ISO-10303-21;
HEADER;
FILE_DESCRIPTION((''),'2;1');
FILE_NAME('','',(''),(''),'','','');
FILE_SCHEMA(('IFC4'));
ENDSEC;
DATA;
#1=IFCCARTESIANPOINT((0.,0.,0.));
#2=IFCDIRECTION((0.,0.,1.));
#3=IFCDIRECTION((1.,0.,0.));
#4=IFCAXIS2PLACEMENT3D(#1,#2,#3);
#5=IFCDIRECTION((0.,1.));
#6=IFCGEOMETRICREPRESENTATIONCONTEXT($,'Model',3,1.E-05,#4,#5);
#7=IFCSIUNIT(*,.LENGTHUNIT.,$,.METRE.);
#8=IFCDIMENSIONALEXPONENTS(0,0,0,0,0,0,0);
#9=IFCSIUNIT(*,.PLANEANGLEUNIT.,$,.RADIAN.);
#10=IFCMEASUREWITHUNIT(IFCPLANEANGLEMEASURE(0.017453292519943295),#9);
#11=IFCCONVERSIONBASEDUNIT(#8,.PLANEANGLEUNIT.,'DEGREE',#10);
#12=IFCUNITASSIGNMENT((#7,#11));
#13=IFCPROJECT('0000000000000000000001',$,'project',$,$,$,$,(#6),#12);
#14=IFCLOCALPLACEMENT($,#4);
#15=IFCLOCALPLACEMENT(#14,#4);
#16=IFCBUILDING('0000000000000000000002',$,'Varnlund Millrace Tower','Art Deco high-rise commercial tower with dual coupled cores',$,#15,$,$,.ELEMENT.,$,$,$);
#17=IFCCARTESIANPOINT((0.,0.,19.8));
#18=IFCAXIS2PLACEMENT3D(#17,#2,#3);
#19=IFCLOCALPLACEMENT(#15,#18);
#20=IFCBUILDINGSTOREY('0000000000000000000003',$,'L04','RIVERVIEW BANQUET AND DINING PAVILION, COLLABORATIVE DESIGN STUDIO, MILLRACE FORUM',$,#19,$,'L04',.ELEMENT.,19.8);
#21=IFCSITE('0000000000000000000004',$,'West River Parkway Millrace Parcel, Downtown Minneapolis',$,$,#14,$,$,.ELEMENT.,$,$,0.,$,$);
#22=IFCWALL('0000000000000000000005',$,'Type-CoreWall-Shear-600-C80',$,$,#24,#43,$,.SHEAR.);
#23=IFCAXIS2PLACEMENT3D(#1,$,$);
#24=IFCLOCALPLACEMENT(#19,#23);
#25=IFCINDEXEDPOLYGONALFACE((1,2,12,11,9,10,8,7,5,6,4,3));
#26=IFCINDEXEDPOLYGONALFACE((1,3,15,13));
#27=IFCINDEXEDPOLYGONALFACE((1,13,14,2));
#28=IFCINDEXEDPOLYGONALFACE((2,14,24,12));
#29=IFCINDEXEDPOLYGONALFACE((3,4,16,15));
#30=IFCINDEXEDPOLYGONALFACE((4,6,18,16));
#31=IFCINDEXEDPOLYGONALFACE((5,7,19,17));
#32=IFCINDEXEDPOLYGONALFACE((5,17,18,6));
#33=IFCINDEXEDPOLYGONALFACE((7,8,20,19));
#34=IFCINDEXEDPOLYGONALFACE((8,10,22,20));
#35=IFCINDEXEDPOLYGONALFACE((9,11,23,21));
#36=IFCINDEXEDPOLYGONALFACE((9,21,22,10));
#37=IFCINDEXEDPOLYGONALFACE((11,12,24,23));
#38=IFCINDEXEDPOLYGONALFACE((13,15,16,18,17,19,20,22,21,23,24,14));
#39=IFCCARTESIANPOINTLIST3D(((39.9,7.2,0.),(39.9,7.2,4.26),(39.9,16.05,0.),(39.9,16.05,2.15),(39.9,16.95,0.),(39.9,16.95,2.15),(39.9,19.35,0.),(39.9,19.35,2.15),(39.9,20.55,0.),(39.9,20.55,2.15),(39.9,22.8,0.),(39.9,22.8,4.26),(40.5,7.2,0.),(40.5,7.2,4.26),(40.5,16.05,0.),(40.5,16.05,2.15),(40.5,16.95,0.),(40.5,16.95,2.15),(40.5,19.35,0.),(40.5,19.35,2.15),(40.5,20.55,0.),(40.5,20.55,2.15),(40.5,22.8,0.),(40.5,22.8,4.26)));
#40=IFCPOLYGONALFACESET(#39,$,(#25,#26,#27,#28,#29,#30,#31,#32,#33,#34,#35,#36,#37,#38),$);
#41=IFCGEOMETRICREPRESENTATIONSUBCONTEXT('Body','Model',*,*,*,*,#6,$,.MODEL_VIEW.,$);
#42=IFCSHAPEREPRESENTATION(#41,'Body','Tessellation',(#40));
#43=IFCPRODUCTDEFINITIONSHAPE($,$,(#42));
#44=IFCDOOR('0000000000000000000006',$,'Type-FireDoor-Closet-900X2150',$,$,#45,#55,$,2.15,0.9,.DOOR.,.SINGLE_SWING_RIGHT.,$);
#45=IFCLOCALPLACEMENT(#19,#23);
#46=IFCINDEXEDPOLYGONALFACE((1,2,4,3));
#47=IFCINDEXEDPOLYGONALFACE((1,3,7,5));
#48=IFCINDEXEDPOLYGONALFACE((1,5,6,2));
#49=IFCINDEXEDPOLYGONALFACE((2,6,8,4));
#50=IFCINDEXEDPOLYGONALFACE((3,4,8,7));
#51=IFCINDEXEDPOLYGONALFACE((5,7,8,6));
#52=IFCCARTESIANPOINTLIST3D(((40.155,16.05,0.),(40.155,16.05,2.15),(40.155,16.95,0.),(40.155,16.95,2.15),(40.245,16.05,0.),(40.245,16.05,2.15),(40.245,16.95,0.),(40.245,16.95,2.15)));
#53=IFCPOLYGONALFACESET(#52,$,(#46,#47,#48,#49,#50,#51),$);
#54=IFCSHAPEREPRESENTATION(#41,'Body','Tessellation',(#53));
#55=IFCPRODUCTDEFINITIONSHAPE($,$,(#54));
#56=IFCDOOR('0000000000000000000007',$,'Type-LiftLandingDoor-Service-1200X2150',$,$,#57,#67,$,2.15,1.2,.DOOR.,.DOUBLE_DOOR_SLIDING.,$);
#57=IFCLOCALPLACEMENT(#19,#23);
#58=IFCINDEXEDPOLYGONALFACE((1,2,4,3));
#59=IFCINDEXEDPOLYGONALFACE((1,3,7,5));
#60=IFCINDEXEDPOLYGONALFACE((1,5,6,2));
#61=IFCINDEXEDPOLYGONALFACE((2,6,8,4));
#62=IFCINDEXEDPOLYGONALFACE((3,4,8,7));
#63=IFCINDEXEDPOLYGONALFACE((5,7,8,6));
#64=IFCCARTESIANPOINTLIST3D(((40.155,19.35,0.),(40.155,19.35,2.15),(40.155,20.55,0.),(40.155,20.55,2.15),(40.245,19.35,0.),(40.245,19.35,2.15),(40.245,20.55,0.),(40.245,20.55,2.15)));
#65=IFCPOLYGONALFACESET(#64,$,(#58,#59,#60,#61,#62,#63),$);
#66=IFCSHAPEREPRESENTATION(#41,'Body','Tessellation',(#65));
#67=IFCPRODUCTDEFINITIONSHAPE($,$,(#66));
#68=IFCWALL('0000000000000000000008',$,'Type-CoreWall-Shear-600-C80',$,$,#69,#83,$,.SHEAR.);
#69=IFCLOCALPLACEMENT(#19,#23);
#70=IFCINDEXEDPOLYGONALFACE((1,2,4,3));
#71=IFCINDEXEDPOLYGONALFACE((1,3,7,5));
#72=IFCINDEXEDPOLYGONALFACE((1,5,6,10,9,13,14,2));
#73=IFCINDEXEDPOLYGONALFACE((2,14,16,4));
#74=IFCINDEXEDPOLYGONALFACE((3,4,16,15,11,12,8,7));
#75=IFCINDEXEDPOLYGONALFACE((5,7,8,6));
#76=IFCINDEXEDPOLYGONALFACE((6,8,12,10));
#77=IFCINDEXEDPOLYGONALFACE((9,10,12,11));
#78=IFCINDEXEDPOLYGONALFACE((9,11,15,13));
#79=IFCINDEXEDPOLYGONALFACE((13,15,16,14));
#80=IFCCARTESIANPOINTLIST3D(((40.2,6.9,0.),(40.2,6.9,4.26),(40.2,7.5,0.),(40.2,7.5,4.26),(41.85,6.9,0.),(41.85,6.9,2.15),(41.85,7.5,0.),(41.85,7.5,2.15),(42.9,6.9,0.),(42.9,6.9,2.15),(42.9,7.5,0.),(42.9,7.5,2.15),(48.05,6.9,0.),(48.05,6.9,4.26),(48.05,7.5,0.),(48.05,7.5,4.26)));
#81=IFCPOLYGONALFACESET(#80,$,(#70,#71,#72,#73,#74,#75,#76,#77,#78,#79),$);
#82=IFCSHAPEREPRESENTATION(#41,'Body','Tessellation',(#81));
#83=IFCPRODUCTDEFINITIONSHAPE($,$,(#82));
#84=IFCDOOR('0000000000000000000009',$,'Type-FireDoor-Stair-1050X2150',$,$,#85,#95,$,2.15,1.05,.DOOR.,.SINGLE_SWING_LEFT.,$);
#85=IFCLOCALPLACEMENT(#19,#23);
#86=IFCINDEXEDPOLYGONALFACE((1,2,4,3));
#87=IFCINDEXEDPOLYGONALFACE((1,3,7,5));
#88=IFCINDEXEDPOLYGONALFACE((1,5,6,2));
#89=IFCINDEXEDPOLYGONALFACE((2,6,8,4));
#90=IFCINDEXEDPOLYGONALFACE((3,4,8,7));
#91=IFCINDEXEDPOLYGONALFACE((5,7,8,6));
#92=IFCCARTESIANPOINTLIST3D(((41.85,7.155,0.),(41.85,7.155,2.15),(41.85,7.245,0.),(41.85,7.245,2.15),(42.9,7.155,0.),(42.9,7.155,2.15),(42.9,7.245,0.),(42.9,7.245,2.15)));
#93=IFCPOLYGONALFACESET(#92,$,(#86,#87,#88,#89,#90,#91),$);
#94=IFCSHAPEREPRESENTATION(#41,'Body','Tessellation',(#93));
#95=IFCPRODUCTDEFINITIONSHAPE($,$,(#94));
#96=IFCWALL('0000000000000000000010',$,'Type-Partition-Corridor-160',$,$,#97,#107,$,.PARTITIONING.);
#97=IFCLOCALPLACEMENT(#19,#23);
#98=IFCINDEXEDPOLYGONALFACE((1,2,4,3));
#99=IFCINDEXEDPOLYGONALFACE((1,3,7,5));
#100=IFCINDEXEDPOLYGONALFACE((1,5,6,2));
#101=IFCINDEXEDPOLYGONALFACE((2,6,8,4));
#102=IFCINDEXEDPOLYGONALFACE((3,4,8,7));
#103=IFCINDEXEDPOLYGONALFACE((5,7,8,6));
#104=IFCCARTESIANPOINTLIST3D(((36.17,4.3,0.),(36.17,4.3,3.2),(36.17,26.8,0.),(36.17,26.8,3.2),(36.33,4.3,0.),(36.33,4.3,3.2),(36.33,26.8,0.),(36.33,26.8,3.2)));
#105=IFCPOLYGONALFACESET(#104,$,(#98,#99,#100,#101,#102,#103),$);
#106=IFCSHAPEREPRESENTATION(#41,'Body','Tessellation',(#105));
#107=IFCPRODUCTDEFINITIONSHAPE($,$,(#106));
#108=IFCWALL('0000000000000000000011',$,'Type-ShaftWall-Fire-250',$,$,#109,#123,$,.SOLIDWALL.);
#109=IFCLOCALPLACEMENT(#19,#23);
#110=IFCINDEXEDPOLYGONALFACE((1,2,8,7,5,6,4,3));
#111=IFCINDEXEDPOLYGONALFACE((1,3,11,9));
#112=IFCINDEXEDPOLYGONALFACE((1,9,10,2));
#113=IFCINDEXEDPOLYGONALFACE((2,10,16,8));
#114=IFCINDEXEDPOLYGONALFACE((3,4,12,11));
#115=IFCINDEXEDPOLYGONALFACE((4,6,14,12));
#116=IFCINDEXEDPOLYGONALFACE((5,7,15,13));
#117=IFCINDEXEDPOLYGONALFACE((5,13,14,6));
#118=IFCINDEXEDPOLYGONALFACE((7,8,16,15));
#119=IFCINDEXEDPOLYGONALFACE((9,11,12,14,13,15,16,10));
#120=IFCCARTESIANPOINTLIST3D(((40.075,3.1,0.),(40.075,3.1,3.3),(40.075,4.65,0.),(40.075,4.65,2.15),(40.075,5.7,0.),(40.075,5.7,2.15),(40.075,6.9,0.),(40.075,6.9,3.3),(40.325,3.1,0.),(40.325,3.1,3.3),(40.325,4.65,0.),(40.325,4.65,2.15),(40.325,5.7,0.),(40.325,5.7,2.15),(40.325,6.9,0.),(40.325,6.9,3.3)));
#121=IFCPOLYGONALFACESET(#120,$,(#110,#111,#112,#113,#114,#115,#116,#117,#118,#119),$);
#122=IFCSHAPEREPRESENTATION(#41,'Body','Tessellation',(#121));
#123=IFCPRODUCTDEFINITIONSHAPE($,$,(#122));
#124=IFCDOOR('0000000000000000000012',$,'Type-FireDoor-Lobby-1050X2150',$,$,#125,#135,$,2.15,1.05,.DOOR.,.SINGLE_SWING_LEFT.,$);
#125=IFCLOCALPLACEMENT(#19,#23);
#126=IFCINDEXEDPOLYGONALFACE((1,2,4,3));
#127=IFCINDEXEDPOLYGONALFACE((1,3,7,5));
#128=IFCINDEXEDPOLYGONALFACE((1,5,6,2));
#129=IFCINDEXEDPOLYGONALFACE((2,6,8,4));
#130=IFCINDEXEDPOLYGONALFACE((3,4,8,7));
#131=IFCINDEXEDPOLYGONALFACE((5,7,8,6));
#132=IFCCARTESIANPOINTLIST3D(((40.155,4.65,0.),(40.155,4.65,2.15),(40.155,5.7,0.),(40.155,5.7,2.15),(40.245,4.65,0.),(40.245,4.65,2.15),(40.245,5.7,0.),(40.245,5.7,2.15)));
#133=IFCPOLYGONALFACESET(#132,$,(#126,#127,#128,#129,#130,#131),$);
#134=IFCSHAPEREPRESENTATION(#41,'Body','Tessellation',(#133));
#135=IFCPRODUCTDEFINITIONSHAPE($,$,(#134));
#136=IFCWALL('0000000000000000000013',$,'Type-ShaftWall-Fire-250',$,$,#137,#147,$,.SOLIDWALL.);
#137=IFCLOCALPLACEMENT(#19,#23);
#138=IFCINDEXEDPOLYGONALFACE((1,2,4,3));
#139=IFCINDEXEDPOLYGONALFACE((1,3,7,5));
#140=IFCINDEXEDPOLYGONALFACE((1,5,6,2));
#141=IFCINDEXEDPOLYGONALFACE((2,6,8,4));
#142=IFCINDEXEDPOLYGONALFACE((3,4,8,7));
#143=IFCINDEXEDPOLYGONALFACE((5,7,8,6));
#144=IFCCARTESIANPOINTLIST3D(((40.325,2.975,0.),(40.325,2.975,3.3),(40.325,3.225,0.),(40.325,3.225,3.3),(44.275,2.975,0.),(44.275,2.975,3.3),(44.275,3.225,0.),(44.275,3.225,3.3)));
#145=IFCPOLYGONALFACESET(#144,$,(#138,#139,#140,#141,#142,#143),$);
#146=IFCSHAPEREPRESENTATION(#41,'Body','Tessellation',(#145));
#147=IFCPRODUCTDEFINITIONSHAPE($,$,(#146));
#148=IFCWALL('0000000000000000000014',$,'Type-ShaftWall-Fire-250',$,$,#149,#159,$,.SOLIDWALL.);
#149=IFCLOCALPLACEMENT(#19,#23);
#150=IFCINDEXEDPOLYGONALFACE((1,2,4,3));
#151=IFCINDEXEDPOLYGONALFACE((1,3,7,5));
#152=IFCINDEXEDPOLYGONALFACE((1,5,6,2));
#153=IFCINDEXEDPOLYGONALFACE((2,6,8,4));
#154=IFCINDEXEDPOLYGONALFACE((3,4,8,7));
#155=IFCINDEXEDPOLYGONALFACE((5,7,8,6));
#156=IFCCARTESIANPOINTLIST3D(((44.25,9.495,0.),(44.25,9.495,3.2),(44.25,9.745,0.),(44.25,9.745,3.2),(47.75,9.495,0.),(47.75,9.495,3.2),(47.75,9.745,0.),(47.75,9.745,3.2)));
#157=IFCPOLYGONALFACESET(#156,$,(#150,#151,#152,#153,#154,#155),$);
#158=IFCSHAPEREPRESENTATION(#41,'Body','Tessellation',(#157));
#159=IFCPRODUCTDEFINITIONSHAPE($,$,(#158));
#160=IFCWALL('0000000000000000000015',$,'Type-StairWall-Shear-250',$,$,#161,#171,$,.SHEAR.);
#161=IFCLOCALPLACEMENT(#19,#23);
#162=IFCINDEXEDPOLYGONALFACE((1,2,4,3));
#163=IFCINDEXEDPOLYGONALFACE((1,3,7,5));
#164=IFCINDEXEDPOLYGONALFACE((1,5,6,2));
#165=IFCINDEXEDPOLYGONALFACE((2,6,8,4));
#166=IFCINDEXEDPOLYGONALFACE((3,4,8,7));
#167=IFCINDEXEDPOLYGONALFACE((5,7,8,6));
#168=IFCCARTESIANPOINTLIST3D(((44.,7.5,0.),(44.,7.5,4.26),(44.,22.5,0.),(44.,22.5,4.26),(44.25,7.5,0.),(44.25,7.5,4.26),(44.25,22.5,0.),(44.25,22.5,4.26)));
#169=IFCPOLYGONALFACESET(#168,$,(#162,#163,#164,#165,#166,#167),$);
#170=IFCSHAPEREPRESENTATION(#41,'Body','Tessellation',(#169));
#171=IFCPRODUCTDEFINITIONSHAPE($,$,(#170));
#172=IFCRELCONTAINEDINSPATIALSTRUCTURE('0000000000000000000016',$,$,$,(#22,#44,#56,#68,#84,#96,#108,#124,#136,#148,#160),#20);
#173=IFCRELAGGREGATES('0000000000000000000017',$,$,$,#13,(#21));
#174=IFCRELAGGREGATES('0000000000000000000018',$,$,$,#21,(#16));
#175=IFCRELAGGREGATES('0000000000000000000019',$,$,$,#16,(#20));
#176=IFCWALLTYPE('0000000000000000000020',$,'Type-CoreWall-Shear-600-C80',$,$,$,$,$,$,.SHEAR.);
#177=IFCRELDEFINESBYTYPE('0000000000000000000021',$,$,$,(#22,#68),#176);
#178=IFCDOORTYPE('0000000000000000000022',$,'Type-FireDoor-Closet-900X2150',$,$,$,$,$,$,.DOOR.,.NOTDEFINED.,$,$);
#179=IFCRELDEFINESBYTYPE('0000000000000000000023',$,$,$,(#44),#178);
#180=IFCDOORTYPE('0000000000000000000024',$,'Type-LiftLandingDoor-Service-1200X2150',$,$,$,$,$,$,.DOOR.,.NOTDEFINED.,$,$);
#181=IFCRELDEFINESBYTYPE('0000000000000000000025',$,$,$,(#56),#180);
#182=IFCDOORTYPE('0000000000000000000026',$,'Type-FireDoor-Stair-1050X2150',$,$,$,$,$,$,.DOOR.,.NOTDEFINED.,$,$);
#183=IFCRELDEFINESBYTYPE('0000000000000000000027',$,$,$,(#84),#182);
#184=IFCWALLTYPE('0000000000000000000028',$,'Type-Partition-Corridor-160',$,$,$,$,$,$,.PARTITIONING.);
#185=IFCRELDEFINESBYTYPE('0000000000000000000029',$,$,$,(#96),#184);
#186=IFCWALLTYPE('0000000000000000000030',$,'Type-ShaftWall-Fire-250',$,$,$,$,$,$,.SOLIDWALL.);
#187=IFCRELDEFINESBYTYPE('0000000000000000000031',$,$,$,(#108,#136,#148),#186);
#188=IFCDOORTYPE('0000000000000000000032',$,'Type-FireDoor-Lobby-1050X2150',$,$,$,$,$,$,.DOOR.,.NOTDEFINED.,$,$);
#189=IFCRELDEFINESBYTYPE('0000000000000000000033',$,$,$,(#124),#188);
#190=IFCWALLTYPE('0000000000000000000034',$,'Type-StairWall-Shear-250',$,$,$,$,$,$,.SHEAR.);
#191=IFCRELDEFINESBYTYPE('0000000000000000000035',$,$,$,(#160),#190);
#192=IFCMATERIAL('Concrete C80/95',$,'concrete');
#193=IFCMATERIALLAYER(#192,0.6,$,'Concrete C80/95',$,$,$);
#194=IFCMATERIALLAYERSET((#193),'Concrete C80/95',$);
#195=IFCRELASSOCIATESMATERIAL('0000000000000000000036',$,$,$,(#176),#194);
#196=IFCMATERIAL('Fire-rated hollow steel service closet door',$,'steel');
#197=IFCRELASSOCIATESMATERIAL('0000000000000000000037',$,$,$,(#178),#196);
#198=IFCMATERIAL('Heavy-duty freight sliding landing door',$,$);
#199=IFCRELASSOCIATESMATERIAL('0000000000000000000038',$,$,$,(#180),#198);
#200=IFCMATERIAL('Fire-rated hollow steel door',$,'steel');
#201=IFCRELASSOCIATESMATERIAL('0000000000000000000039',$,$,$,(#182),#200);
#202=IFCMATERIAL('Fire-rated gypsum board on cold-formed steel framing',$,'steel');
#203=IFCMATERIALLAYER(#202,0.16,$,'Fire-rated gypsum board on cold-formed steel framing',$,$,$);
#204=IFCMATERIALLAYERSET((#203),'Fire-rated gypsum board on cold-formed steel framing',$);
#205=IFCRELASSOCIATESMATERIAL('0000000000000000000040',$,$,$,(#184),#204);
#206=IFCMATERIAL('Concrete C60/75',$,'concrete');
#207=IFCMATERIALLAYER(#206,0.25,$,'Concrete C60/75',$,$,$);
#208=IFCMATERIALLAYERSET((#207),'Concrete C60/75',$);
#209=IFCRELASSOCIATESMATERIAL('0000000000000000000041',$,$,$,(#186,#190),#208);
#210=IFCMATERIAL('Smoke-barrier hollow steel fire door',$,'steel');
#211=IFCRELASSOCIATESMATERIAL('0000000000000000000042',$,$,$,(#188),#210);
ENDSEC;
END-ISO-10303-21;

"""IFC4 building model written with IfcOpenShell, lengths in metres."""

from ifc_helpers import new_model, entity, si_unit, converted_unit, direction, frame, origin_with_axes, origin_2d_with_axis, place, context, subcontext, project, spatial, polyline, rectangle, outline, extrude, material, layer, layer_set, type_object, element, fill, save


model = new_model("IFC4")

# Units and contexts
model_context = context("Model", 3, precision=1e-05, world=origin_with_axes(), true_north=direction((0.0, 1.0)))
body_context = subcontext(model_context, "Body", "Model", "MODEL_VIEW")
ifc_project = project(units=[si_unit("LENGTHUNIT", "METRE"), converted_unit("PLANEANGLEUNIT", "DEGREE", entity("IfcPlaneAngleMeasure", 0.017453292519943295), si_unit("PLANEANGLEUNIT", "RADIAN"), dimensions=[0, 0, 0, 0, 0, 0, 0])], contexts=[model_context])

# Site, building, storey
site_placement = place(None, origin_with_axes())
site = spatial("IfcSite", under=ifc_project, at=site_placement, Name="West River Parkway Millrace Parcel, Downtown Minneapolis", CompositionType="ELEMENT", RefElevation=0.0)
building_placement = place(site_placement, origin_with_axes())
building = spatial("IfcBuilding", under=site, at=building_placement, Name="Varnlund Millrace Tower", Description="Art Deco high-rise commercial tower with dual coupled cores", CompositionType="ELEMENT")
storey_placement = place(building_placement, frame((0.0, 0.0, 19.8), z_axis=(0.0, 0.0, 1.0), x_axis=(1.0, 0.0, 0.0)))
storey = spatial("IfcBuildingStorey", under=building, at=storey_placement, Name="L04", Description="RIVERVIEW BANQUET AND DINING PAVILION, COLLABORATIVE DESIGN STUDIO, MILLRACE FORUM", LongName="L04", CompositionType="ELEMENT", Elevation=19.8)

# Shared definitions
ifc_material_1 = material(Name="Concrete C80/95", Category="concrete")

# Wall, openings, doors
ifc_layer_1 = layer(ifc_material_1, 0.6, Name="Concrete C80/95")
ifc_layer_set_1 = layer_set([ifc_layer_1], Name="Concrete C80/95")
wall_type_1 = type_object("IfcWallType", Name="Type-CoreWall-Shear-600-C80", PredefinedType="SHEAR", material=ifc_layer_set_1)
wall_1_placement = place(storey_placement, frame((40.2, 7.2, 0.0), z_axis=(0.0, 0.0, 1.0), x_axis=(0.0, 1.0, 0.0)))
wall_1 = element("IfcWall", 1, at=wall_1_placement, inside=storey, type_object=wall_type_1, Name="Type-CoreWall-Shear-600-C80", PredefinedType="SHEAR", context=body_context, shape_type="SweptSolid", body=[
    extrude(outline(polyline([(0.0, -0.3), (15.6, -0.3), (15.6, 0.3), (0.0, 0.3), (0.0, -0.3)])), origin_with_axes(), (0.0, 0.0, 1.0), 4.26),
])
opening_1_placement = place(wall_1_placement, frame((12.75, 0.0, 0.0), z_axis=(0.0, 0.0, 1.0), x_axis=(1.0, 0.0, 0.0)))
opening_1 = element("IfcOpeningElement", 2, at=opening_1_placement, cuts=wall_1, PredefinedType="OPENING", context=body_context, shape_type="SweptSolid", body=[
    extrude(rectangle(XDim=1.2, YDim=0.62, at=origin_2d_with_axis()), origin_with_axes(), (0.0, 0.0, 1.0), 2.15),
])
opening_2_placement = place(wall_1_placement, frame((9.3, 0.0, 0.0), z_axis=(0.0, 0.0, 1.0), x_axis=(1.0, 0.0, 0.0)))
opening_2 = element("IfcOpeningElement", 3, at=opening_2_placement, cuts=wall_1, PredefinedType="OPENING", context=body_context, shape_type="SweptSolid", body=[
    extrude(rectangle(XDim=0.9, YDim=0.62, at=origin_2d_with_axis()), origin_with_axes(), (0.0, 0.0, 1.0), 2.15),
])
ifc_material_2 = material(Name="Fire-rated hollow steel service closet door", Category="steel")
door_type_1 = type_object("IfcDoorType", Name="Type-FireDoor-Closet-900X2150", OperationType="NOTDEFINED", PredefinedType="DOOR", material=ifc_material_2)
door_1_placement = place(wall_1_placement, frame((9.3, 0.0, 0.0), z_axis=(0.0, 0.0, 1.0), x_axis=(1.0, 0.0, 0.0)))
door_1 = element("IfcDoor", 4, at=door_1_placement, inside=storey, type_object=door_type_1, Name="Type-FireDoor-Closet-900X2150", OperationType="SINGLE_SWING_RIGHT", OverallHeight=2.15, OverallWidth=0.9, PredefinedType="DOOR", context=body_context, shape_type="SweptSolid", body=[
    extrude(rectangle(XDim=0.9, YDim=0.09, at=origin_2d_with_axis()), origin_with_axes(), (0.0, 0.0, 1.0), 2.15),
])
fill(opening_2, door_1)
ifc_material_3 = material(Name="Heavy-duty freight sliding landing door")
door_type_2 = type_object("IfcDoorType", Name="Type-LiftLandingDoor-Service-1200X2150", OperationType="NOTDEFINED", PredefinedType="DOOR", material=ifc_material_3)
door_2_placement = place(wall_1_placement, frame((12.75, 0.0, 0.0), z_axis=(0.0, 0.0, 1.0), x_axis=(1.0, 0.0, 0.0)))
door_2 = element("IfcDoor", 5, at=door_2_placement, inside=storey, type_object=door_type_2, Name="Type-LiftLandingDoor-Service-1200X2150", OperationType="DOUBLE_DOOR_SLIDING", OverallHeight=2.15, OverallWidth=1.2, PredefinedType="DOOR", context=body_context, shape_type="SweptSolid", body=[
    extrude(rectangle(XDim=1.2, YDim=0.09, at=origin_2d_with_axis()), origin_with_axes(), (0.0, 0.0, 1.0), 2.15),
])
fill(opening_1, door_2)

# Wall, opening, door
wall_2_placement = place(storey_placement, frame((40.2, 7.2, 0.0), z_axis=(0.0, 0.0, 1.0), x_axis=(1.0, 0.0, 0.0)))
wall_2 = element("IfcWall", 6, at=wall_2_placement, inside=storey, type_object=wall_type_1, Name="Type-CoreWall-Shear-600-C80", PredefinedType="SHEAR", context=body_context, shape_type="SweptSolid", body=[
    extrude(outline(polyline([(0.0, -0.3), (7.85, -0.3), (7.85, 0.3), (0.0, 0.3), (0.0, -0.3)])), origin_with_axes(), (0.0, 0.0, 1.0), 4.26),
])
opening_3_placement = place(wall_2_placement, frame((2.175, 0.0, 0.0), z_axis=(0.0, 0.0, 1.0), x_axis=(1.0, 0.0, 0.0)))
opening_3 = element("IfcOpeningElement", 7, at=opening_3_placement, cuts=wall_2, PredefinedType="OPENING", context=body_context, shape_type="SweptSolid", body=[
    extrude(rectangle(XDim=1.05, YDim=0.62, at=origin_2d_with_axis()), origin_with_axes(), (0.0, 0.0, 1.0), 2.15),
])
ifc_material_4 = material(Name="Fire-rated hollow steel door", Category="steel")
door_type_3 = type_object("IfcDoorType", Name="Type-FireDoor-Stair-1050X2150", OperationType="NOTDEFINED", PredefinedType="DOOR", material=ifc_material_4)
door_3_placement = place(wall_2_placement, frame((2.175, 0.0, 0.0), z_axis=(0.0, 0.0, 1.0), x_axis=(1.0, 0.0, 0.0)))
door_3 = element("IfcDoor", 8, at=door_3_placement, inside=storey, type_object=door_type_3, Name="Type-FireDoor-Stair-1050X2150", OperationType="SINGLE_SWING_LEFT", OverallHeight=2.15, OverallWidth=1.05, PredefinedType="DOOR", context=body_context, shape_type="SweptSolid", body=[
    extrude(rectangle(XDim=1.05, YDim=0.09, at=origin_2d_with_axis()), origin_with_axes(), (0.0, 0.0, 1.0), 2.15),
])
fill(opening_3, door_3)

# Wall
ifc_material_5 = material(Name="Fire-rated gypsum board on cold-formed steel framing", Category="steel")
ifc_layer_2 = layer(ifc_material_5, 0.16, Name="Fire-rated gypsum board on cold-formed steel framing")
ifc_layer_set_2 = layer_set([ifc_layer_2], Name="Fire-rated gypsum board on cold-formed steel framing")
wall_type_2 = type_object("IfcWallType", Name="Type-Partition-Corridor-160", PredefinedType="PARTITIONING", material=ifc_layer_set_2)
wall_3_placement = place(storey_placement, frame((36.25, 4.3, 0.0), z_axis=(0.0, 0.0, 1.0), x_axis=(0.0, 1.0, 0.0)))
element("IfcWall", 9, at=wall_3_placement, inside=storey, type_object=wall_type_2, Name="Type-Partition-Corridor-160", PredefinedType="PARTITIONING", context=body_context, shape_type="SweptSolid", body=[
    extrude(outline(polyline([(0.0, -0.08), (22.5, -0.08), (22.5, 0.08), (0.0, 0.08), (0.0, -0.08)])), origin_with_axes(), (0.0, 0.0, 1.0), 3.2),
])

# Wall, opening, door
ifc_material_6 = material(Name="Concrete C60/75", Category="concrete")
ifc_layer_3 = layer(ifc_material_6, 0.25, Name="Concrete C60/75")
ifc_layer_set_3 = layer_set([ifc_layer_3], Name="Concrete C60/75")
wall_type_3 = type_object("IfcWallType", Name="Type-ShaftWall-Fire-250", PredefinedType="SOLIDWALL", material=ifc_layer_set_3)
wall_4_placement = place(storey_placement, frame((40.2, 3.1, 0.0), z_axis=(0.0, 0.0, 1.0), x_axis=(0.0, 1.0, 0.0)))
wall_4 = element("IfcWall", 10, at=wall_4_placement, inside=storey, type_object=wall_type_3, Name="Type-ShaftWall-Fire-250", PredefinedType="SOLIDWALL", context=body_context, shape_type="SweptSolid", body=[
    extrude(outline(polyline([(0.0, -0.125), (3.8, -0.125), (3.8, 0.125), (0.0, 0.125), (0.0, -0.125)])), origin_with_axes(), (0.0, 0.0, 1.0), 3.3),
])
opening_4_placement = place(wall_4_placement, frame((2.075, 0.0, 0.0), z_axis=(0.0, 0.0, 1.0), x_axis=(1.0, 0.0, 0.0)))
opening_4 = element("IfcOpeningElement", 11, at=opening_4_placement, cuts=wall_4, PredefinedType="OPENING", context=body_context, shape_type="SweptSolid", body=[
    extrude(rectangle(XDim=1.05, YDim=0.27, at=origin_2d_with_axis()), origin_with_axes(), (0.0, 0.0, 1.0), 2.15),
])
ifc_material_7 = material(Name="Smoke-barrier hollow steel fire door", Category="steel")
door_type_4 = type_object("IfcDoorType", Name="Type-FireDoor-Lobby-1050X2150", OperationType="NOTDEFINED", PredefinedType="DOOR", material=ifc_material_7)
door_4_placement = place(wall_4_placement, frame((2.075, 0.0, 0.0), z_axis=(0.0, 0.0, 1.0), x_axis=(1.0, 0.0, 0.0)))
door_4 = element("IfcDoor", 12, at=door_4_placement, inside=storey, type_object=door_type_4, Name="Type-FireDoor-Lobby-1050X2150", OperationType="SINGLE_SWING_LEFT", OverallHeight=2.15, OverallWidth=1.05, PredefinedType="DOOR", context=body_context, shape_type="SweptSolid", body=[
    extrude(rectangle(XDim=1.05, YDim=0.09, at=origin_2d_with_axis()), origin_with_axes(), (0.0, 0.0, 1.0), 2.15),
])
fill(opening_4, door_4)

# Walls
wall_5_placement = place(storey_placement, frame((40.325, 3.1, 0.0), z_axis=(0.0, 0.0, 1.0), x_axis=(1.0, 0.0, 0.0)))
element("IfcWall", 13, at=wall_5_placement, inside=storey, type_object=wall_type_3, Name="Type-ShaftWall-Fire-250", PredefinedType="SOLIDWALL", context=body_context, shape_type="SweptSolid", body=[
    extrude(outline(polyline([(0.0, -0.125), (3.95, -0.125), (3.95, 0.125), (0.0, 0.125), (0.0, -0.125)])), origin_with_axes(), (0.0, 0.0, 1.0), 3.3),
])
wall_6_placement = place(storey_placement, frame((44.25, 9.62, 0.0), z_axis=(0.0, 0.0, 1.0), x_axis=(1.0, 0.0, 0.0)))
element("IfcWall", 14, at=wall_6_placement, inside=storey, type_object=wall_type_3, Name="Type-ShaftWall-Fire-250", PredefinedType="SOLIDWALL", context=body_context, shape_type="SweptSolid", body=[
    extrude(outline(polyline([(0.0, -0.125), (3.5, -0.125), (3.5, 0.125), (0.0, 0.125), (0.0, -0.125)])), origin_with_axes(), (0.0, 0.0, 1.0), 3.2),
])
wall_type_4 = type_object("IfcWallType", Name="Type-StairWall-Shear-250", PredefinedType="SHEAR", material=ifc_layer_set_3)
wall_7_placement = place(storey_placement, frame((44.125, 7.5, 0.0), z_axis=(0.0, 0.0, 1.0), x_axis=(0.0, 1.0, 0.0)))
element("IfcWall", 15, at=wall_7_placement, inside=storey, type_object=wall_type_4, Name="Type-StairWall-Shear-250", PredefinedType="SHEAR", context=body_context, shape_type="SweptSolid", body=[
    extrude(outline(polyline([(0.0, -0.125), (15.0, -0.125), (15.0, 0.125), (0.0, 0.125), (0.0, -0.125)])), origin_with_axes(), (0.0, 0.0, 1.0), 4.26),
])

save(model, "model.ifc")
